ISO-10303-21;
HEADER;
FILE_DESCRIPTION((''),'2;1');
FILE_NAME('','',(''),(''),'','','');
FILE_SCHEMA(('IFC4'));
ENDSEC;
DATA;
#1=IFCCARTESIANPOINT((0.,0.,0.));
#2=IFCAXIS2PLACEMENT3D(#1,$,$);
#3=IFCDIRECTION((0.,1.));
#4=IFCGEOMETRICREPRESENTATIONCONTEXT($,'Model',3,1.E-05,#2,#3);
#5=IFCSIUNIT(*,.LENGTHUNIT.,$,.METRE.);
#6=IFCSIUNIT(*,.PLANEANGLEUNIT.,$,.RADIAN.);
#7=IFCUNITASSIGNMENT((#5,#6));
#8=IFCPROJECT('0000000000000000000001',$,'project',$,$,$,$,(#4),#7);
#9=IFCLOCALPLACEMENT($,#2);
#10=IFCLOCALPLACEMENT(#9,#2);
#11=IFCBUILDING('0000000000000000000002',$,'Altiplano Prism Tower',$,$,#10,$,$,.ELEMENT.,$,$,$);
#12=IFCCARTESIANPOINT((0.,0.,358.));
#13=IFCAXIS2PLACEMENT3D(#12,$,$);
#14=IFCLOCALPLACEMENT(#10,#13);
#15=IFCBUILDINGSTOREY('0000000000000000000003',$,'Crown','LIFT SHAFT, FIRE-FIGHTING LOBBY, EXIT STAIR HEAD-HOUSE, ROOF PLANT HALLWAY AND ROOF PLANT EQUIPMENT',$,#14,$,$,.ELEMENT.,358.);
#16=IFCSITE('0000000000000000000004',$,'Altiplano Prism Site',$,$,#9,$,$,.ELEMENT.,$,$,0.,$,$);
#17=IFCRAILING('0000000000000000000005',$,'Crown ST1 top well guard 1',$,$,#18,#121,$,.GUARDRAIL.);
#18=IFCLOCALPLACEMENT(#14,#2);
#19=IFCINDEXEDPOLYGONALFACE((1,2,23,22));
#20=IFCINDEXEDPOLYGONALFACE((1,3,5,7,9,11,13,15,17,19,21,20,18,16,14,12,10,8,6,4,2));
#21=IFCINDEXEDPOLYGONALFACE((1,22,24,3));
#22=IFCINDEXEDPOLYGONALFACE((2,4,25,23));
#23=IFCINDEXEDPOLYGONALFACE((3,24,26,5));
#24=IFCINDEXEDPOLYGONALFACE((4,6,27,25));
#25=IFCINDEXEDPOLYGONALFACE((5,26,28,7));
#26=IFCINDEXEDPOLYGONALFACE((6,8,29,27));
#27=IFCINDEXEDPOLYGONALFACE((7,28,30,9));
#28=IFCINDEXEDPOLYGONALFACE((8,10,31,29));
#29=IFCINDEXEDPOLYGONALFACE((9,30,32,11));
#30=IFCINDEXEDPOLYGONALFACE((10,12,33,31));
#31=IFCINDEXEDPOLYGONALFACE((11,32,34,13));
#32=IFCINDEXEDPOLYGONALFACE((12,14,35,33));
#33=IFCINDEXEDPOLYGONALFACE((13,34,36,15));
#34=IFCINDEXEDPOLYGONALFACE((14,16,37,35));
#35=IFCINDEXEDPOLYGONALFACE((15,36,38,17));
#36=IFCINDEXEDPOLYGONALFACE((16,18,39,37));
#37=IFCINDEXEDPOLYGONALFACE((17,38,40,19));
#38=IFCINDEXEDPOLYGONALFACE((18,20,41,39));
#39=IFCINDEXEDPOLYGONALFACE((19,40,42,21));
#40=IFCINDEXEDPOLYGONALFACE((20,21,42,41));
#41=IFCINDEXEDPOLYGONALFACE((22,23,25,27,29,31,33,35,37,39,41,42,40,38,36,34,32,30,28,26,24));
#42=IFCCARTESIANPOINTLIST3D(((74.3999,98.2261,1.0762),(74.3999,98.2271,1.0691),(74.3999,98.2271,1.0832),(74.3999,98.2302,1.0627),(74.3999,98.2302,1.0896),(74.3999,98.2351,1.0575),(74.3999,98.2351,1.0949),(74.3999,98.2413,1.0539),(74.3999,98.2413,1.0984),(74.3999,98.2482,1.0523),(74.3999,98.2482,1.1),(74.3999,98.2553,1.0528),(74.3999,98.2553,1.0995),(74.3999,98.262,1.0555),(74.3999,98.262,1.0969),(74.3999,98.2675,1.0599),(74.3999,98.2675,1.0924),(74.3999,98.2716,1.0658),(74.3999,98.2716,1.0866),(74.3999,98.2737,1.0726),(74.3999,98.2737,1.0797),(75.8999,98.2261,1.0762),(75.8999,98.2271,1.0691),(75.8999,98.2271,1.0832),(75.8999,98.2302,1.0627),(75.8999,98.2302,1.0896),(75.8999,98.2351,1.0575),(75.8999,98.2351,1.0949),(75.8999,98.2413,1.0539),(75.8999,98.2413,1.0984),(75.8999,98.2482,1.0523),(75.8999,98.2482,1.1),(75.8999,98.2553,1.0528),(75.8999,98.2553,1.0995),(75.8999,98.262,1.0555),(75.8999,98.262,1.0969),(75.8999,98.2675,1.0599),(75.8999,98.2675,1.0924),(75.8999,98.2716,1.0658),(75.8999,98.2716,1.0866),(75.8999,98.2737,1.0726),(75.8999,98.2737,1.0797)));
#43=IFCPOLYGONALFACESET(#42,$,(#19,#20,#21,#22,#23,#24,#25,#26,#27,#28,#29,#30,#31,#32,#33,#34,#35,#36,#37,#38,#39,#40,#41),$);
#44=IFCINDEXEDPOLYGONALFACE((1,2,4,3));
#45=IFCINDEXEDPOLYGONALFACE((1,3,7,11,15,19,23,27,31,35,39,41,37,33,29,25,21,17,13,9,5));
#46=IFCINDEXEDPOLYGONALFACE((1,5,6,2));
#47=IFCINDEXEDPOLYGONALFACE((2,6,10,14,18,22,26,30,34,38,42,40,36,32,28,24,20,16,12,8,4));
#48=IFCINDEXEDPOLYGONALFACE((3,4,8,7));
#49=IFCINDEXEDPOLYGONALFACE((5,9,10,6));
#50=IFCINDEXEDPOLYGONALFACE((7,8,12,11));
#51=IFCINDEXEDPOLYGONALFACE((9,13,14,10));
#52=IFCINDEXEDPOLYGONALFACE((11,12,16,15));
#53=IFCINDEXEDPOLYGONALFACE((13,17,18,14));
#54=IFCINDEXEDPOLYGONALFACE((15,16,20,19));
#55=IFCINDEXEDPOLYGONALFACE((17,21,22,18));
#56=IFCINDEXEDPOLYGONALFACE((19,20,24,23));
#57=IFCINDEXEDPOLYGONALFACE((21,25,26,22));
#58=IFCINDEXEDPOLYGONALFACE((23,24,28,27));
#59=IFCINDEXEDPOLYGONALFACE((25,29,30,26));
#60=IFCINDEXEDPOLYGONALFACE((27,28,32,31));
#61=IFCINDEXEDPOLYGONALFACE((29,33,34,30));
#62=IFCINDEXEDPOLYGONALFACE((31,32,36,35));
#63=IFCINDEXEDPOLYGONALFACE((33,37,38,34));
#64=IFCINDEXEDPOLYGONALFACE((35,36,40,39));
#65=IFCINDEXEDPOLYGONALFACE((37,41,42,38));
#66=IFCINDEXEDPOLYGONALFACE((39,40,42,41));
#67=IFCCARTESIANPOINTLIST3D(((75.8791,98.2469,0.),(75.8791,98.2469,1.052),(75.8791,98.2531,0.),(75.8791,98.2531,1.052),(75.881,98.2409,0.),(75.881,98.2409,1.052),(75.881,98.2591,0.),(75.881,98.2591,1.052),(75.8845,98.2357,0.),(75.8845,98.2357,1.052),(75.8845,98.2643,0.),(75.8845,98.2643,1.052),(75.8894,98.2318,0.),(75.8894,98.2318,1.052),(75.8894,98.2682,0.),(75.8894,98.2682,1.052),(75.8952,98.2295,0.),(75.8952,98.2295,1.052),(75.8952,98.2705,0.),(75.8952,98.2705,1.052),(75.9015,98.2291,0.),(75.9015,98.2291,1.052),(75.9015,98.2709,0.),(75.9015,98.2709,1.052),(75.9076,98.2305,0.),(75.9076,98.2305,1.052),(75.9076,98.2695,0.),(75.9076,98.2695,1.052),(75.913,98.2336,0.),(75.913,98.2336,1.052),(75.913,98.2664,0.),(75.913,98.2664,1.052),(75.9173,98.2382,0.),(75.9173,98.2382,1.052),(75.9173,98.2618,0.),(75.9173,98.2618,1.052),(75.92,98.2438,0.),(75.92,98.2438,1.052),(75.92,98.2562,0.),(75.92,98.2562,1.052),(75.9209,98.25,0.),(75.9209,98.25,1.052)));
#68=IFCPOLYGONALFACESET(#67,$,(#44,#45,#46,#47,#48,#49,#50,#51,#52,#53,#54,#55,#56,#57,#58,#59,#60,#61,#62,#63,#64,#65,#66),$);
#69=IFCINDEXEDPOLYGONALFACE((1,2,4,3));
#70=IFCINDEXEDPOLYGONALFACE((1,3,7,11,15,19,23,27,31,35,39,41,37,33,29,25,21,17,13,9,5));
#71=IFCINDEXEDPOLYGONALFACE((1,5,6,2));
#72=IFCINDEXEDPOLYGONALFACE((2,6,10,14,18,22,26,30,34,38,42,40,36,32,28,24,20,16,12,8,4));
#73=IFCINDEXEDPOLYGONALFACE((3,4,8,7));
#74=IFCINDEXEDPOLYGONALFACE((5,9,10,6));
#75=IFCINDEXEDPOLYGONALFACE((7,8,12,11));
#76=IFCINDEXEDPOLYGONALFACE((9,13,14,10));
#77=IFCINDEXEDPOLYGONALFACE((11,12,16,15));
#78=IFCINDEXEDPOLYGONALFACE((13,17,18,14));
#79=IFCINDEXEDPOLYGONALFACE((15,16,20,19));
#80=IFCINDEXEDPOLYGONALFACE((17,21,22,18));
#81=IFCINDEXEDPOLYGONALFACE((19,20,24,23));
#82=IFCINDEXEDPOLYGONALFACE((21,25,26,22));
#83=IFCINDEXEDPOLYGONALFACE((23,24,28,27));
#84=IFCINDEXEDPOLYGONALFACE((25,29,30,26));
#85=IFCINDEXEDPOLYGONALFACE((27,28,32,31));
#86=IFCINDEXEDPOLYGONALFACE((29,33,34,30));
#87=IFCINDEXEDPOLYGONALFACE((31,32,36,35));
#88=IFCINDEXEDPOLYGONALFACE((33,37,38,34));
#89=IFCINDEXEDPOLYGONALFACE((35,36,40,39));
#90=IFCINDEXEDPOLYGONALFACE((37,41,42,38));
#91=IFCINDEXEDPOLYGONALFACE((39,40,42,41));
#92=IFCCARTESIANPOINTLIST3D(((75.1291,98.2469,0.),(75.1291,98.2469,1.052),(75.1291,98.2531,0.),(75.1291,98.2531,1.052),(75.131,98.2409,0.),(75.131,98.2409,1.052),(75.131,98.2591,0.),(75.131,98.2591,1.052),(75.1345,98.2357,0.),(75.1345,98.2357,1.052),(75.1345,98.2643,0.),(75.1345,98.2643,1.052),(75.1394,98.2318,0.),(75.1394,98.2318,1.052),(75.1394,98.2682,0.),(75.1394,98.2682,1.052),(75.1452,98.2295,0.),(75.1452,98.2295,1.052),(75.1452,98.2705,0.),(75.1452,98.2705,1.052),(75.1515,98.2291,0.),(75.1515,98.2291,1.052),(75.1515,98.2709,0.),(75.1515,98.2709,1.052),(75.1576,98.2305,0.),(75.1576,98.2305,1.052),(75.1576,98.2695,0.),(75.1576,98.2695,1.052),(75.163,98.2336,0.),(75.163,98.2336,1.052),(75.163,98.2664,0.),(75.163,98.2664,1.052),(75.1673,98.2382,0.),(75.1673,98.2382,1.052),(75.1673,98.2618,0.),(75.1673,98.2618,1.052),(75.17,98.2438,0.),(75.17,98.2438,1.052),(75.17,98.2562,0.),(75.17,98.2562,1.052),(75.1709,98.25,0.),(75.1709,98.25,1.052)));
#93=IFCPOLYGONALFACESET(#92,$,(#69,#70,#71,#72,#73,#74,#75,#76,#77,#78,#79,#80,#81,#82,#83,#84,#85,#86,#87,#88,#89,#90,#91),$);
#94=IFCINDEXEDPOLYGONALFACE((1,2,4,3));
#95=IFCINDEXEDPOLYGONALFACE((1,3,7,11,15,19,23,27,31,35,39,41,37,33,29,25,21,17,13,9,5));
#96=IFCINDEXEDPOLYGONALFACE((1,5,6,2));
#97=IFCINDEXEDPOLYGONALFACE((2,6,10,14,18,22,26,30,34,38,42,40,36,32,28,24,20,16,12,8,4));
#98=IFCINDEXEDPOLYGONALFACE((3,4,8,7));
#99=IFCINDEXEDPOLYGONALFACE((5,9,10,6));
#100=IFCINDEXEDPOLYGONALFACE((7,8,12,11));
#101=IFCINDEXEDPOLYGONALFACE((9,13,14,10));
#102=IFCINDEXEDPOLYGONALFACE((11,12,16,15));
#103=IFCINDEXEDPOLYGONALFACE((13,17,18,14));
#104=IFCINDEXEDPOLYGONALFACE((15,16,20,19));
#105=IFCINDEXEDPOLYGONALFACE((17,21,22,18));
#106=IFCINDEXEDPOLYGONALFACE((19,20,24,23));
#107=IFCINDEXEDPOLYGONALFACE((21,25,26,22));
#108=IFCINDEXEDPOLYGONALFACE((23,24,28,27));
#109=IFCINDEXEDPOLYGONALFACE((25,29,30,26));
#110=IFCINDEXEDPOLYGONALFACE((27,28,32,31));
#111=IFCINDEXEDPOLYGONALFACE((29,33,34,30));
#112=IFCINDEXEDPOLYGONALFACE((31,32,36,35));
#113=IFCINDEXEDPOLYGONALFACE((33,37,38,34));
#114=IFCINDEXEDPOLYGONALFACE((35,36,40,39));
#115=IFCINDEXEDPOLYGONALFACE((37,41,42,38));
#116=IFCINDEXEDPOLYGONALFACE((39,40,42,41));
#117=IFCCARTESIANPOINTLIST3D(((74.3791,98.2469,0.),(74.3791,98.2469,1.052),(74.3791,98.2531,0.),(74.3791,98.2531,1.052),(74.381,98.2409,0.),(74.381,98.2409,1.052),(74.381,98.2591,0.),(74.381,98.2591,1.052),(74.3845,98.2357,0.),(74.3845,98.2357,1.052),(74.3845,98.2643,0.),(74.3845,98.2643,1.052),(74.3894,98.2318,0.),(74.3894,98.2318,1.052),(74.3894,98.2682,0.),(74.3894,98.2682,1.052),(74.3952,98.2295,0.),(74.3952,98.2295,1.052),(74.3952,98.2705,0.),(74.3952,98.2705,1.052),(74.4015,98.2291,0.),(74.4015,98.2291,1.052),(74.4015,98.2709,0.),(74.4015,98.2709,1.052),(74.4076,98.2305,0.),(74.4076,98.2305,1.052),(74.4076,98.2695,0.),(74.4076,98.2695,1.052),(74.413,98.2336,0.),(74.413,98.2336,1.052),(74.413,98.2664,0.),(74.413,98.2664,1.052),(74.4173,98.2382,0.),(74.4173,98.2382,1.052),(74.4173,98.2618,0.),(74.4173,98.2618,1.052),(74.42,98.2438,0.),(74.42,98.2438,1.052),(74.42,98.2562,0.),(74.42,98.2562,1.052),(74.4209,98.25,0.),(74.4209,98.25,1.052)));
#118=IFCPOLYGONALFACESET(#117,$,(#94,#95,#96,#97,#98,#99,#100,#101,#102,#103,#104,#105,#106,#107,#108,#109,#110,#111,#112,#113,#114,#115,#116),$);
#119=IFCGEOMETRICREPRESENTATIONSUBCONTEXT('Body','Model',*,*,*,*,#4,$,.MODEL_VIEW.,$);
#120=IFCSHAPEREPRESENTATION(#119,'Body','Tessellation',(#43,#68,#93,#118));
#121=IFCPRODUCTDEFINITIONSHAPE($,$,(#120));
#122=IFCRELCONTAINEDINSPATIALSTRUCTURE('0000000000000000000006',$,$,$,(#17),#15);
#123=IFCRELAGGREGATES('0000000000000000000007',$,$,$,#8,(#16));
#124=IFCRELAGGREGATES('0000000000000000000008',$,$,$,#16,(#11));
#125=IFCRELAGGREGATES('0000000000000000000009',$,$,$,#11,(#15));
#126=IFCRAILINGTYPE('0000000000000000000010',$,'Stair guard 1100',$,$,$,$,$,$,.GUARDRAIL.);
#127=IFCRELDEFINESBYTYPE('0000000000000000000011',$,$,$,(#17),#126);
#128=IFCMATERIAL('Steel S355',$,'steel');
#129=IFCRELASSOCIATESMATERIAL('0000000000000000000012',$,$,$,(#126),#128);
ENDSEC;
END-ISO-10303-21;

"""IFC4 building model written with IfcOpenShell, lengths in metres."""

from ifc_helpers import new_model, si_unit, direction, frame, origin, origin_2d, place, context, subcontext, project, spatial, circle, extrude, material, type_object, element, save


model = new_model("IFC4")

# Units and contexts
model_context = context("Model", 3, precision=1e-05, world=origin(), true_north=direction((0.0, 1.0)))
body_context = subcontext(model_context, "Body", "Model", "MODEL_VIEW")
ifc_project = project(units=[si_unit("LENGTHUNIT", "METRE"), si_unit("PLANEANGLEUNIT", "RADIAN")], contexts=[model_context])

# Site, building, storey
site_placement = place(None, origin())
site = spatial("IfcSite", under=ifc_project, at=site_placement, Name="Altiplano Prism Site", CompositionType="ELEMENT", RefElevation=0.0)
building_placement = place(site_placement, origin())
building = spatial("IfcBuilding", under=site, at=building_placement, Name="Altiplano Prism Tower", CompositionType="ELEMENT")
storey_placement = place(building_placement, frame((0.0, 0.0, 358.0)))
storey = spatial("IfcBuildingStorey", under=building, at=storey_placement, Name="Crown", Description="LIFT SHAFT, FIRE-FIGHTING LOBBY, EXIT STAIR HEAD-HOUSE, ROOF PLANT HALLWAY AND ROOF PLANT EQUIPMENT", CompositionType="ELEMENT", Elevation=358.0)

# Shared definitions
ifc_material_1 = material(Name="Steel S355", Category="steel")

# Railing
railing_type = type_object("IfcRailingType", Name="Stair guard 1100", PredefinedType="GUARDRAIL", material=ifc_material_1)
railing_placement = place(storey_placement, frame((75.8999, 98.25, 0.0)))
element("IfcRailing", 1, at=railing_placement, inside=storey, type_object=railing_type, Name="Crown ST1 top well guard 1", PredefinedType="GUARDRAIL", context=body_context, shape_type="SweptSolid", body=[
    extrude(circle(Radius=0.0239, at=origin_2d()), frame((0.0, 0.0, 1.0762), z_axis=(-1.0, 0.0, 0.0), x_axis=(0.0, -1.0, 0.0)), (0.0, 0.0, 1.0), 1.5),
    extrude(circle(Radius=0.021, at=origin_2d()), origin(), (0.0, 0.0, 1.0), 1.052),
    extrude(circle(Radius=0.021, at=origin_2d()), frame((-0.75, 0.0, 0.0)), (0.0, 0.0, 1.0), 1.052),
    extrude(circle(Radius=0.021, at=origin_2d()), frame((-1.5, 0.0, 0.0)), (0.0, 0.0, 1.0), 1.052),
])

save(model, "model.ifc")
